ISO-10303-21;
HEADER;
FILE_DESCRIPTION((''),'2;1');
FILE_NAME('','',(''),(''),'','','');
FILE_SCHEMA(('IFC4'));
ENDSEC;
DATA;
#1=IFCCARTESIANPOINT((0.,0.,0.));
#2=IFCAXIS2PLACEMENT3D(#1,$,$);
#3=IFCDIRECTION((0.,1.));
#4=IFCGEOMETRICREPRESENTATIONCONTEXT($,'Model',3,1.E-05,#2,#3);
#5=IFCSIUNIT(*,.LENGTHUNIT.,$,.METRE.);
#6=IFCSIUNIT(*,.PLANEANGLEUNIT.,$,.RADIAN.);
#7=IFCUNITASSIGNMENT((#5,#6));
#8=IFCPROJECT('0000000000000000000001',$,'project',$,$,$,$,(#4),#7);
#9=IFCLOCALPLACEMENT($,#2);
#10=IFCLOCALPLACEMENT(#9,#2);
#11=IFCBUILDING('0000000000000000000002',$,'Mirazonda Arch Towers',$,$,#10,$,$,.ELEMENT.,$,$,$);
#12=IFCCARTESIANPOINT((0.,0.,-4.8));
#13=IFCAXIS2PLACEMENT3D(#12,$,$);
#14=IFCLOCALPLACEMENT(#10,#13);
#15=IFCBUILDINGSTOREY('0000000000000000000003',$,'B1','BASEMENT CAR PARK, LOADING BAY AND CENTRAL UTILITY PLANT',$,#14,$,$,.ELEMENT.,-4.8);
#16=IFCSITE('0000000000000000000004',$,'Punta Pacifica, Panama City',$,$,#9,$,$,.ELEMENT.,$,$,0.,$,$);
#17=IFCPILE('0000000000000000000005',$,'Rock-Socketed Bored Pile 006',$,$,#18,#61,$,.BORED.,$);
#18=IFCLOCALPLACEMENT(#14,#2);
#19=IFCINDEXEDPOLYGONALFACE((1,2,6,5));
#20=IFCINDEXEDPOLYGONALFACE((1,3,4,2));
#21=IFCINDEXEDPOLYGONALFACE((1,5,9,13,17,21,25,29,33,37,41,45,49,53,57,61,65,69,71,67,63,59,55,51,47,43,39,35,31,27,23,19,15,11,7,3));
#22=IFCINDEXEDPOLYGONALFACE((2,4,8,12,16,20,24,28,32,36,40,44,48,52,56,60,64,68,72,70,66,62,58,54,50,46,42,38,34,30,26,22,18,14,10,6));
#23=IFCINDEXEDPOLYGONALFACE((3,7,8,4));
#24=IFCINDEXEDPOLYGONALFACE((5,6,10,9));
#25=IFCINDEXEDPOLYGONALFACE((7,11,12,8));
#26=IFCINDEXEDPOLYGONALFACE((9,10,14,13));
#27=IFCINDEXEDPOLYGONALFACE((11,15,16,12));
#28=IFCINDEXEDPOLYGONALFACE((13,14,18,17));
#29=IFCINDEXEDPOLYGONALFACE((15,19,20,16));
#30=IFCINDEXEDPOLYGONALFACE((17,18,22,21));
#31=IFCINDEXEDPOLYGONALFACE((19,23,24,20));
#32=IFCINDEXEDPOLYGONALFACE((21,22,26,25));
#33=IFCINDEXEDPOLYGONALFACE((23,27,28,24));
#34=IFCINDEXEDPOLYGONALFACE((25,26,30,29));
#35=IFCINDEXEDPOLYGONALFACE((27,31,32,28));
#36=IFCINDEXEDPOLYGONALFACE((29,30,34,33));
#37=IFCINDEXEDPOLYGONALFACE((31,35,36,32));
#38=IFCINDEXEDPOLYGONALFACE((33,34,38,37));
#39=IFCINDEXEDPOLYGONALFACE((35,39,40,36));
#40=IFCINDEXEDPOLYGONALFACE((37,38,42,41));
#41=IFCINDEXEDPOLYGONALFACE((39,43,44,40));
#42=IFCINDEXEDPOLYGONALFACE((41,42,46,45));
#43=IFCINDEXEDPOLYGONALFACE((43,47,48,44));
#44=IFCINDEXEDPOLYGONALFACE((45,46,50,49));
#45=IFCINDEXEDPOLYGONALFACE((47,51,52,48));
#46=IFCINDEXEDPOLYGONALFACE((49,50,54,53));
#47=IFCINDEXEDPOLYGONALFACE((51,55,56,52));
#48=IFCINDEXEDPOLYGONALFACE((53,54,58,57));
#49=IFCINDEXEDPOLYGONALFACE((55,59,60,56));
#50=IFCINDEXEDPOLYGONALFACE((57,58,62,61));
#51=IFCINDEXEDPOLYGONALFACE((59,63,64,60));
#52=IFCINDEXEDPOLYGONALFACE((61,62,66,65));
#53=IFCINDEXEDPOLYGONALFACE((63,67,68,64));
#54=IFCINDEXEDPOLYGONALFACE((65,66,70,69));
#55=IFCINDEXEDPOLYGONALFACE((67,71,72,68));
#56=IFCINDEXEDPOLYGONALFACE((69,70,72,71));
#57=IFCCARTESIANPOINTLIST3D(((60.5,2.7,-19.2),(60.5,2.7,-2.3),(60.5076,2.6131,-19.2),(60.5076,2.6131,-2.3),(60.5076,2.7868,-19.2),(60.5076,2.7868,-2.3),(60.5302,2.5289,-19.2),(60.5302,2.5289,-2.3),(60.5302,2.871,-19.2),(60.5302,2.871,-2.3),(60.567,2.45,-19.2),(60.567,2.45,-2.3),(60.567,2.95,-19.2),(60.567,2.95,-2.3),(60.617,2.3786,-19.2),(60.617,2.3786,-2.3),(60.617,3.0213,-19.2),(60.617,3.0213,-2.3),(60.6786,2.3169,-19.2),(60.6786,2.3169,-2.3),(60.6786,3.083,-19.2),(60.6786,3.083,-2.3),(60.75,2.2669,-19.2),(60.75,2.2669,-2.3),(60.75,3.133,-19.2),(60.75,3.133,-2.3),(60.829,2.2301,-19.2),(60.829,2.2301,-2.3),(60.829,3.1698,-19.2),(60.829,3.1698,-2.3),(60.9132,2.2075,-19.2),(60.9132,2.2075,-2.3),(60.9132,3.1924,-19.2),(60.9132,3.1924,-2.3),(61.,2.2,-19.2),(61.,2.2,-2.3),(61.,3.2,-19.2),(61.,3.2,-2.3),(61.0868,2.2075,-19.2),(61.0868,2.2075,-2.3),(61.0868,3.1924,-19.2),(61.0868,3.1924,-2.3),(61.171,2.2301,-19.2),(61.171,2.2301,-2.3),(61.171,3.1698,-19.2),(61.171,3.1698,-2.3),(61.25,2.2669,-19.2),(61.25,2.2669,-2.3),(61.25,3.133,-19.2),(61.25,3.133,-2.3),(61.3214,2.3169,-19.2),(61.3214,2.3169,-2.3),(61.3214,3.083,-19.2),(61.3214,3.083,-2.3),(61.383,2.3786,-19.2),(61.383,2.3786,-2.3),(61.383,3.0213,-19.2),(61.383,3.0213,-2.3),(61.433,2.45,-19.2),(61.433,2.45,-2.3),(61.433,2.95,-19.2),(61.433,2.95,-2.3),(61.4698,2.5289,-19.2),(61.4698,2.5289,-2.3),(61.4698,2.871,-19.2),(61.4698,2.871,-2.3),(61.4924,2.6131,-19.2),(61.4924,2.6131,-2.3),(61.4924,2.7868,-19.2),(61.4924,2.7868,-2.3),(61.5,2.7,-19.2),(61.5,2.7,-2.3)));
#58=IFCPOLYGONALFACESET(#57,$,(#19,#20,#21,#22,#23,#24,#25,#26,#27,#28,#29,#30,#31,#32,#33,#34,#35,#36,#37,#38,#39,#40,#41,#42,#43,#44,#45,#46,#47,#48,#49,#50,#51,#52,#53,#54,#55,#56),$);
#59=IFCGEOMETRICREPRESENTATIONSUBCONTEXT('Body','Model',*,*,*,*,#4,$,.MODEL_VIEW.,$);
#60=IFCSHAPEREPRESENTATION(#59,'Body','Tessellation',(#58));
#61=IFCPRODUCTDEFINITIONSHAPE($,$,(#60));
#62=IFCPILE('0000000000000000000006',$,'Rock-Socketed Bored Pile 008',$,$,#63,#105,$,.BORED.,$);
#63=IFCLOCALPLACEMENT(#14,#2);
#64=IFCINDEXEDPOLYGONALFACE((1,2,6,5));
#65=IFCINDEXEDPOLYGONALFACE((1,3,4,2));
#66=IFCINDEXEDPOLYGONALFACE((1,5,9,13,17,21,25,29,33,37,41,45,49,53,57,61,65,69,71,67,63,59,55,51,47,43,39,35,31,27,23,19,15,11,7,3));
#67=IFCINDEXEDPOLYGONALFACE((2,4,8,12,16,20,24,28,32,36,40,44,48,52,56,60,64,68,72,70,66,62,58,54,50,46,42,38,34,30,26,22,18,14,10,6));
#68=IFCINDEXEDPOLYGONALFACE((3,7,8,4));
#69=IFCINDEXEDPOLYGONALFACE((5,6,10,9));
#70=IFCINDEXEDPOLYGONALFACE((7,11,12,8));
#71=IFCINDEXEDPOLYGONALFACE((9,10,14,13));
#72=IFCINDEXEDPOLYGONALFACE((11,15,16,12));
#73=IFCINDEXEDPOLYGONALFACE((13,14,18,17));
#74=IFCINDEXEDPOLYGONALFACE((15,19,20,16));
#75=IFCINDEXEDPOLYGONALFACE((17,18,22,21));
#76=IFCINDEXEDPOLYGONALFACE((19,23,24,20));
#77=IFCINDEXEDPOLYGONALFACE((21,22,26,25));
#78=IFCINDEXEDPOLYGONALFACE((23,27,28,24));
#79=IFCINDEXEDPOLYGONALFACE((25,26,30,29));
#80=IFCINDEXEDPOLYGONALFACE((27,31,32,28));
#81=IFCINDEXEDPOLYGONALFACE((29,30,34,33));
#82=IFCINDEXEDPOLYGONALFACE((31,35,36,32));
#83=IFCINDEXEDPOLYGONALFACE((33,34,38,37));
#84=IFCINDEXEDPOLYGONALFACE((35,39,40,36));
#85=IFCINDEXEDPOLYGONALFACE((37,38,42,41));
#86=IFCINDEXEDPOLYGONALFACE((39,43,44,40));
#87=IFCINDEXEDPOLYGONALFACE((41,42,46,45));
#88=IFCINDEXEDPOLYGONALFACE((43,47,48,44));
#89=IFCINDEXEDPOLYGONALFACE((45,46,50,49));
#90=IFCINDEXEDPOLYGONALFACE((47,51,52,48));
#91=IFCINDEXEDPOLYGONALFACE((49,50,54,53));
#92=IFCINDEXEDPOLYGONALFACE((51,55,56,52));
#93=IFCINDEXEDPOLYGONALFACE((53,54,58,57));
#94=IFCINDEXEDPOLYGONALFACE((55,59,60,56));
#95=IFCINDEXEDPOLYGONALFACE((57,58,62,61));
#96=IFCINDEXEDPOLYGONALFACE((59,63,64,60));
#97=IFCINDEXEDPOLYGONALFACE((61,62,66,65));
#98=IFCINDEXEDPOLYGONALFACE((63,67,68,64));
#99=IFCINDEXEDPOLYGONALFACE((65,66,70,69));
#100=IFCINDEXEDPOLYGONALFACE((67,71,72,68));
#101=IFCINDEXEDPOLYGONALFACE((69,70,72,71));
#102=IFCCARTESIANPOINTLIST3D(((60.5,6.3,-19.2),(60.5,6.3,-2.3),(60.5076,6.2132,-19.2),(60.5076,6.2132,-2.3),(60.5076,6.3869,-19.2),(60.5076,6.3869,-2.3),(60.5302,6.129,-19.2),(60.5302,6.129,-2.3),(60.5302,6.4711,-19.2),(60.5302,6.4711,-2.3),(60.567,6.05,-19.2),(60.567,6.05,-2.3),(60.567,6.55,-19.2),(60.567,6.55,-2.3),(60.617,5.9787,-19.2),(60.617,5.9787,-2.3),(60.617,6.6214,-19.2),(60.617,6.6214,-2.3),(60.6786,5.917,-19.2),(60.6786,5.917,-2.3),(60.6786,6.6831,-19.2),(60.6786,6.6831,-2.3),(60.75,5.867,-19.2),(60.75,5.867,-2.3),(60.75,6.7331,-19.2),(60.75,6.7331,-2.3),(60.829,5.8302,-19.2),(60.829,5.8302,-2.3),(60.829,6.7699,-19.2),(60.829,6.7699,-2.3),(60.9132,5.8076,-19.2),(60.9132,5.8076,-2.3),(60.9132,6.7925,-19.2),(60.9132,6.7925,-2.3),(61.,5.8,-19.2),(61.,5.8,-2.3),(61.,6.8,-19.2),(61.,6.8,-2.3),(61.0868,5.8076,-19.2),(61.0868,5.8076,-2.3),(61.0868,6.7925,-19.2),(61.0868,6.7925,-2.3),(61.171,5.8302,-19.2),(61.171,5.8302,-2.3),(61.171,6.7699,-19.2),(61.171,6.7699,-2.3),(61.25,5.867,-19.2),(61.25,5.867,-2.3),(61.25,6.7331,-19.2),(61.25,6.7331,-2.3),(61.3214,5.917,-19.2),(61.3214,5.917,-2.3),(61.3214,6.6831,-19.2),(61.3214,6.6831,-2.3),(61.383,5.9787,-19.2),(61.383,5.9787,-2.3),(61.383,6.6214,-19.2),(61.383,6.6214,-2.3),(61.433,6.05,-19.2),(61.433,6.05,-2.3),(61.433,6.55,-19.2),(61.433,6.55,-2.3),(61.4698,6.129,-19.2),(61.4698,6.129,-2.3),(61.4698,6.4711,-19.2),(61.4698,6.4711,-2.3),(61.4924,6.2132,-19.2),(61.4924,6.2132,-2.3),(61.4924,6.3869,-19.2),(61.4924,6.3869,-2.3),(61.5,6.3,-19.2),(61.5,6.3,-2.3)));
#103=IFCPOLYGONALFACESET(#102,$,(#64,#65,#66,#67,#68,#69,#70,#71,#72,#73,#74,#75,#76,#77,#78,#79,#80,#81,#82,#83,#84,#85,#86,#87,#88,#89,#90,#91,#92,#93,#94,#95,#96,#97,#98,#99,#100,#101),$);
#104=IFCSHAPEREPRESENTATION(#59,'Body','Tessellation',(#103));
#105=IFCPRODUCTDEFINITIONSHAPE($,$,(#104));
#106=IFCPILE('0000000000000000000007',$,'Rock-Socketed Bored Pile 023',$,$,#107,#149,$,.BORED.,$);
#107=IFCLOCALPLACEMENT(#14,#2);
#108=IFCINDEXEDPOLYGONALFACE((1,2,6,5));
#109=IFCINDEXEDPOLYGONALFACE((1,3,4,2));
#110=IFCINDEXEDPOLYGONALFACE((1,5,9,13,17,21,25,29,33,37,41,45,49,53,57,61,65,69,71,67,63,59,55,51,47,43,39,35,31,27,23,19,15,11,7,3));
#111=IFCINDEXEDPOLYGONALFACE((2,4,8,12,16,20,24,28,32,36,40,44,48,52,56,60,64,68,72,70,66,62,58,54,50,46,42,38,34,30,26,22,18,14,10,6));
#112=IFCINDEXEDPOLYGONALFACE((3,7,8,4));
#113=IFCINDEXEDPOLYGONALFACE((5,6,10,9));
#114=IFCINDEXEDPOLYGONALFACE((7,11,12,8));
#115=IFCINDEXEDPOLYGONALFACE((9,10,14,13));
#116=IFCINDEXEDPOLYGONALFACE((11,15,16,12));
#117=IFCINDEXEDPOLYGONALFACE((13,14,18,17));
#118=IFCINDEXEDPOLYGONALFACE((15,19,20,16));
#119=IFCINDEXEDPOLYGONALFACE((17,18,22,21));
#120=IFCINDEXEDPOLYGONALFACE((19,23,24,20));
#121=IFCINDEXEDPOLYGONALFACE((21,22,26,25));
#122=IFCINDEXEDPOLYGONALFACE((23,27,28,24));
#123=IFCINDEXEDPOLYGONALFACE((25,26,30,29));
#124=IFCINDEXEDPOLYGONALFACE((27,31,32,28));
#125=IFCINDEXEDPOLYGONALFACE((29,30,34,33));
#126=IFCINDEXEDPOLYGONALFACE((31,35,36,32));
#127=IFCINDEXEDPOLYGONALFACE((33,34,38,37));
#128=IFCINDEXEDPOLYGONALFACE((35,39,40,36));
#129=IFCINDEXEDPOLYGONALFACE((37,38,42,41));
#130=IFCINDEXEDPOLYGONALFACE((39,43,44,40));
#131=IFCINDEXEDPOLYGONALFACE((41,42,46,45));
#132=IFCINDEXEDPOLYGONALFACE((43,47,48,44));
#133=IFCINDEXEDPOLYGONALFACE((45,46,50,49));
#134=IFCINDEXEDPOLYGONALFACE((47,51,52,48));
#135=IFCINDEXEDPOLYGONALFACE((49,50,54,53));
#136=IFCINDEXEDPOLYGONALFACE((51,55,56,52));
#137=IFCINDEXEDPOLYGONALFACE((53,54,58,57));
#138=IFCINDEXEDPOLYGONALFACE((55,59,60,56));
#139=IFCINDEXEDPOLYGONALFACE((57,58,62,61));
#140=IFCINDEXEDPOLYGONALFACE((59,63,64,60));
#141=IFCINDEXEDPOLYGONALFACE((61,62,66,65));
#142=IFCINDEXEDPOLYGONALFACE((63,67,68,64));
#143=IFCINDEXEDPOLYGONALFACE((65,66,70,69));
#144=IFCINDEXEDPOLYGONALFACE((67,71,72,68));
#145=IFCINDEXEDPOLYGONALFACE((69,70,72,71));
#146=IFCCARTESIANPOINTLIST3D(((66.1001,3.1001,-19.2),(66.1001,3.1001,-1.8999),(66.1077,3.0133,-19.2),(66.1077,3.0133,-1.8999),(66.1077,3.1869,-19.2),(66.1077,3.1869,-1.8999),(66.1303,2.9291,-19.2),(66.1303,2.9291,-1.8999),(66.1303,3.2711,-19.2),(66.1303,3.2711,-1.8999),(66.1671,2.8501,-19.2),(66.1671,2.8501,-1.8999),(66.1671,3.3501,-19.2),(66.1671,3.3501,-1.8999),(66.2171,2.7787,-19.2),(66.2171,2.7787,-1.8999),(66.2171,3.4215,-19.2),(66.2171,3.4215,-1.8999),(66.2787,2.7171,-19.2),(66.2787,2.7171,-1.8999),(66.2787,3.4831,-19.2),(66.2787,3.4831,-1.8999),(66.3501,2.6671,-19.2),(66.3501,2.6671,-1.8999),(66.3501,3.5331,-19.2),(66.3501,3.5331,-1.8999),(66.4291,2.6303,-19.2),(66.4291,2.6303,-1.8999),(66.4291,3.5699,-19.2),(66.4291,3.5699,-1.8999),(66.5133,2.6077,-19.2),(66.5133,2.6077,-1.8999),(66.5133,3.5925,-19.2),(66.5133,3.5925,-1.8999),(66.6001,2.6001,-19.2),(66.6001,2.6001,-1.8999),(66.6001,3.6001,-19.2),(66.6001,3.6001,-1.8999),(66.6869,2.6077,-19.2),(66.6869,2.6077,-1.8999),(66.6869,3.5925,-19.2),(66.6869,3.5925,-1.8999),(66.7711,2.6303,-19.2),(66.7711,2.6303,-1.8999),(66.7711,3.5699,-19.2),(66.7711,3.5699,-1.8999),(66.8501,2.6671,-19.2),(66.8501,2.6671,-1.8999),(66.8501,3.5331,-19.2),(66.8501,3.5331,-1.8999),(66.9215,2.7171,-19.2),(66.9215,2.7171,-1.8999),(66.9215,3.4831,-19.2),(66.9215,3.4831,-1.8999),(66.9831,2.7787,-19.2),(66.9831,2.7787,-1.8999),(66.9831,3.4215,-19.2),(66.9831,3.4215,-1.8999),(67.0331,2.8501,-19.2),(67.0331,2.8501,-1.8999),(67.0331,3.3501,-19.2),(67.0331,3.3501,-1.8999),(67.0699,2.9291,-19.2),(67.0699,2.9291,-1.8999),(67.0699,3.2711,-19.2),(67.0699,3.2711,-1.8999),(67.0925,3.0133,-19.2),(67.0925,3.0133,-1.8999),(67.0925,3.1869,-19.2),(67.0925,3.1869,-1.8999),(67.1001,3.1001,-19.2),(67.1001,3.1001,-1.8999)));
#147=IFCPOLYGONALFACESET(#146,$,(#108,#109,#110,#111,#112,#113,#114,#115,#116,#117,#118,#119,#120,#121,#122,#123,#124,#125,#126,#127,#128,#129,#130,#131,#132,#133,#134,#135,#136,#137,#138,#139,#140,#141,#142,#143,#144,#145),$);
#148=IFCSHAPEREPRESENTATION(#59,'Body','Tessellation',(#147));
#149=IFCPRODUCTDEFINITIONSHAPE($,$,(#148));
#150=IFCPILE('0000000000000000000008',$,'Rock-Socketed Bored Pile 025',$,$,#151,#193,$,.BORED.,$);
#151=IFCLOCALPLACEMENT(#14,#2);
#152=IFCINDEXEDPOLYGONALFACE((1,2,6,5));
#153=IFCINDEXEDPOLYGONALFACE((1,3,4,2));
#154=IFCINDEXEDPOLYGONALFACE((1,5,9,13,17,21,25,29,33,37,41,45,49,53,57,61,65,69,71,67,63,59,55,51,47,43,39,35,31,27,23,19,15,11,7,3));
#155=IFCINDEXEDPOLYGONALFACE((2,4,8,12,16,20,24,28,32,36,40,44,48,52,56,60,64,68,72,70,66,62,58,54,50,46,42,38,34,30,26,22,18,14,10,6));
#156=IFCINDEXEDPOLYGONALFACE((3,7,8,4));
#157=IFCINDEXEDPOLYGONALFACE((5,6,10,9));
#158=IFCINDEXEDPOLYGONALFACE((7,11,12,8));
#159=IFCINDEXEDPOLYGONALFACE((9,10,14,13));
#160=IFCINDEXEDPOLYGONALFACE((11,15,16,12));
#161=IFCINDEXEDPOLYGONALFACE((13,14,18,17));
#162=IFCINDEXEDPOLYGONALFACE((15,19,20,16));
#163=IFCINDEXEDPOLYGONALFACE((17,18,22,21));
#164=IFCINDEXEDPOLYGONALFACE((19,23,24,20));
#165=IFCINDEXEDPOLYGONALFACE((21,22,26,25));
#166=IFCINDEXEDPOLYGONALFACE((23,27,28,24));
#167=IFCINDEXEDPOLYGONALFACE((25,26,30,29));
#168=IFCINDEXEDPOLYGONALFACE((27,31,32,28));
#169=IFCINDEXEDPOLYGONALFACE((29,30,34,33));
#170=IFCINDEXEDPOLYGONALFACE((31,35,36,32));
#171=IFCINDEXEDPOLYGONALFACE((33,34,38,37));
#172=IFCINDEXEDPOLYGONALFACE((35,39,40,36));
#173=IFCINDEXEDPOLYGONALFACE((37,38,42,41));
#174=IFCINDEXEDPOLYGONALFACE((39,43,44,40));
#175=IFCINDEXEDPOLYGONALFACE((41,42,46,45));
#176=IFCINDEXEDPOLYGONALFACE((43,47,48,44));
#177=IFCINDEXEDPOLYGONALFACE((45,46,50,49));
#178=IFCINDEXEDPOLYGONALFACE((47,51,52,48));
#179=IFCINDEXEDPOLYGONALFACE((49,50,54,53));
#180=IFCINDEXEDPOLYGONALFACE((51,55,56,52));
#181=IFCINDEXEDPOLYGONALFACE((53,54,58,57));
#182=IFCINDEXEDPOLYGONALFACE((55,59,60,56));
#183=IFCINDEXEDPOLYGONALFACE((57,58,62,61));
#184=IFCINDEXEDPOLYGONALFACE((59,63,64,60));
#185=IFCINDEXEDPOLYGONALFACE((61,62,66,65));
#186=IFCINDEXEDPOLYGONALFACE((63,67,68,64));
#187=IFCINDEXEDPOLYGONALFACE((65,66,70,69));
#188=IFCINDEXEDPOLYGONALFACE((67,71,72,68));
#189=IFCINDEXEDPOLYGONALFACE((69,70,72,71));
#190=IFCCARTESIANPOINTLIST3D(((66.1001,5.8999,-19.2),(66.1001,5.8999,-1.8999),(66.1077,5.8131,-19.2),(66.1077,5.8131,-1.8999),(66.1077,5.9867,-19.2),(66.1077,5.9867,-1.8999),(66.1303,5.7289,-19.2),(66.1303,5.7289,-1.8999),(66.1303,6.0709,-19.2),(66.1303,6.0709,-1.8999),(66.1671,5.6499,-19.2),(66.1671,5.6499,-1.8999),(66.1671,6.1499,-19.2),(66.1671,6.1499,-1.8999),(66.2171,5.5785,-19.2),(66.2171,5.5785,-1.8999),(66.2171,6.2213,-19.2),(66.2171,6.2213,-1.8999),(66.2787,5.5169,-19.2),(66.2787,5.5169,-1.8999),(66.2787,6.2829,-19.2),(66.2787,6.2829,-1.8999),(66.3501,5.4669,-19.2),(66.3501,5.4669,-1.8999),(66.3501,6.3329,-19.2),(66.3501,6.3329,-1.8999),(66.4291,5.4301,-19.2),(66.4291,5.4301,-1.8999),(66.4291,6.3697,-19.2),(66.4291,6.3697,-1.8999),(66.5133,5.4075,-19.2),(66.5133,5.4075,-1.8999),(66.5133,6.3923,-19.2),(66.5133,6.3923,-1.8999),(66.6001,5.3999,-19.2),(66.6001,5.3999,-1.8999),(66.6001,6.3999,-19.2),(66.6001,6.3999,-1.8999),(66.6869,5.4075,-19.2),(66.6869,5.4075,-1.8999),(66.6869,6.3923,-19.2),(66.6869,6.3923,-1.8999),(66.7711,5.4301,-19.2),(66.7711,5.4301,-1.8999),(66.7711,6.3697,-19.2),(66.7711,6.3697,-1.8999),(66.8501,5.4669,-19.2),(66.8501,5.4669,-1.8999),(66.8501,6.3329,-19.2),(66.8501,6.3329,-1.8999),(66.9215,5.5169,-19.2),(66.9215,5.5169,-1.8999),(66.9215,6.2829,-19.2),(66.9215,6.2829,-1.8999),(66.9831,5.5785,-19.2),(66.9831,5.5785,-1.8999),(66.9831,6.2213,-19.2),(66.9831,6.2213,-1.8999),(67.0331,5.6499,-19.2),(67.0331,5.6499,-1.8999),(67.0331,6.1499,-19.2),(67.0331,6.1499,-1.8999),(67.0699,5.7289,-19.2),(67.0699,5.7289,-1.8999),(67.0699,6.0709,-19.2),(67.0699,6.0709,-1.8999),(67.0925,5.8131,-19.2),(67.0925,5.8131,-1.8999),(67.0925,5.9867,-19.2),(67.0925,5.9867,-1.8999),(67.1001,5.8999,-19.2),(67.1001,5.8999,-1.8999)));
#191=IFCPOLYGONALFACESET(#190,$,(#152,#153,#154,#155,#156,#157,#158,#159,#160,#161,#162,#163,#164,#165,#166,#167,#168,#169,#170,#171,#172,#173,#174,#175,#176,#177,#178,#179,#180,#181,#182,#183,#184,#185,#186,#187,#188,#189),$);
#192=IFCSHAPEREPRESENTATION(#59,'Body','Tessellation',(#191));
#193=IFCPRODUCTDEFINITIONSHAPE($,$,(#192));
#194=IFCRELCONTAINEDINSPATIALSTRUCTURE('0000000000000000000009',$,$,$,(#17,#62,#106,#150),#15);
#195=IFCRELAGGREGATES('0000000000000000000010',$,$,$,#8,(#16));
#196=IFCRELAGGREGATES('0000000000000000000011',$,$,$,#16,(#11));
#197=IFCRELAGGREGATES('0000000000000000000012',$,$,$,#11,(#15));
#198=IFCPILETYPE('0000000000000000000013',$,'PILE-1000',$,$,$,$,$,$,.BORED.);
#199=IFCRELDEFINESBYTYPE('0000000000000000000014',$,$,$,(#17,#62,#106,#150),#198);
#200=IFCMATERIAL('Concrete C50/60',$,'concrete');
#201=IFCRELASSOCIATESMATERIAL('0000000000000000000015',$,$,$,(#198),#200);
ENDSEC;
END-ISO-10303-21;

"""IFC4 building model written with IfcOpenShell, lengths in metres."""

from ifc_helpers import new_model, si_unit, direction, frame, origin, origin_2d, place, context, subcontext, project, spatial, circle, extrude, material, material_profile, profile_set, type_object, element, save


model = new_model("IFC4")

# Units and contexts
model_context = context("Model", 3, precision=1e-05, world=origin(), true_north=direction((0.0, 1.0)))
body_context = subcontext(model_context, "Body", "Model", "MODEL_VIEW")
ifc_project = project(units=[si_unit("LENGTHUNIT", "METRE"), si_unit("PLANEANGLEUNIT", "RADIAN")], contexts=[model_context])

# Site, building, storey
site_placement = place(None, origin())
site = spatial("IfcSite", under=ifc_project, at=site_placement, Name="Punta Pacifica, Panama City", CompositionType="ELEMENT", RefElevation=0.0)
building_placement = place(site_placement, origin())
building = spatial("IfcBuilding", under=site, at=building_placement, Name="Mirazonda Arch Towers", CompositionType="ELEMENT")
storey_placement = place(building_placement, frame((0.0, 0.0, -4.8)))
storey = spatial("IfcBuildingStorey", under=building, at=storey_placement, Name="B1", Description="BASEMENT CAR PARK, LOADING BAY AND CENTRAL UTILITY PLANT", CompositionType="ELEMENT", Elevation=-4.8)

# Piles
ifc_material_1 = material(Name="Concrete C50/60", Category="concrete")
ifc_material_profile_1 = material_profile(ifc_material_1, circle(Radius=0.5, at=origin_2d()), Name="BORED-D1000")
ifc_profile_set_1 = profile_set([ifc_material_profile_1], Name="Concrete C50/60")
pile_type_1 = type_object("IfcPileType", Name="PILE-1000", PredefinedType="BORED", material=ifc_profile_set_1)
for number, where, z_axis, x_axis, name in (
    (1, (61.0, 2.7, -2.3), (0.0, 0.0, -1.0), (1.0, 0.0, 0.0), "Rock-Socketed Bored Pile 006"),
    (2, (61.0, 6.3, -2.3), (0.0, 0.0, -1.0), (1.0, 0.0, 0.0), "Rock-Socketed Bored Pile 008"),
):
    element("IfcPile", number, at=place(storey_placement, frame(where, z_axis=z_axis, x_axis=x_axis)), inside=storey, type_object=pile_type_1, Name=name, PredefinedType="BORED", context=body_context, shape_type="SweptSolid", body=[
        extrude(circle(Radius=0.5, at=origin_2d()), origin(), (0.0, 0.0, 1.0), 16.8999),
    ])
for number, where, z_axis, x_axis, name in (
    (3, (66.6001, 3.1001, -1.8999), (0.0, 0.0, -1.0), (1.0, 0.0, 0.0), "Rock-Socketed Bored Pile 023"),
    (4, (66.6001, 5.8999, -1.8999), (0.0, 0.0, -1.0), (1.0, 0.0, 0.0), "Rock-Socketed Bored Pile 025"),
):
    element("IfcPile", number, at=place(storey_placement, frame(where, z_axis=z_axis, x_axis=x_axis)), inside=storey, type_object=pile_type_1, Name=name, PredefinedType="BORED", context=body_context, shape_type="SweptSolid", body=[
        extrude(circle(Radius=0.5, at=origin_2d()), origin(), (0.0, 0.0, 1.0), 17.3),
    ])

save(model, "model.ifc")
